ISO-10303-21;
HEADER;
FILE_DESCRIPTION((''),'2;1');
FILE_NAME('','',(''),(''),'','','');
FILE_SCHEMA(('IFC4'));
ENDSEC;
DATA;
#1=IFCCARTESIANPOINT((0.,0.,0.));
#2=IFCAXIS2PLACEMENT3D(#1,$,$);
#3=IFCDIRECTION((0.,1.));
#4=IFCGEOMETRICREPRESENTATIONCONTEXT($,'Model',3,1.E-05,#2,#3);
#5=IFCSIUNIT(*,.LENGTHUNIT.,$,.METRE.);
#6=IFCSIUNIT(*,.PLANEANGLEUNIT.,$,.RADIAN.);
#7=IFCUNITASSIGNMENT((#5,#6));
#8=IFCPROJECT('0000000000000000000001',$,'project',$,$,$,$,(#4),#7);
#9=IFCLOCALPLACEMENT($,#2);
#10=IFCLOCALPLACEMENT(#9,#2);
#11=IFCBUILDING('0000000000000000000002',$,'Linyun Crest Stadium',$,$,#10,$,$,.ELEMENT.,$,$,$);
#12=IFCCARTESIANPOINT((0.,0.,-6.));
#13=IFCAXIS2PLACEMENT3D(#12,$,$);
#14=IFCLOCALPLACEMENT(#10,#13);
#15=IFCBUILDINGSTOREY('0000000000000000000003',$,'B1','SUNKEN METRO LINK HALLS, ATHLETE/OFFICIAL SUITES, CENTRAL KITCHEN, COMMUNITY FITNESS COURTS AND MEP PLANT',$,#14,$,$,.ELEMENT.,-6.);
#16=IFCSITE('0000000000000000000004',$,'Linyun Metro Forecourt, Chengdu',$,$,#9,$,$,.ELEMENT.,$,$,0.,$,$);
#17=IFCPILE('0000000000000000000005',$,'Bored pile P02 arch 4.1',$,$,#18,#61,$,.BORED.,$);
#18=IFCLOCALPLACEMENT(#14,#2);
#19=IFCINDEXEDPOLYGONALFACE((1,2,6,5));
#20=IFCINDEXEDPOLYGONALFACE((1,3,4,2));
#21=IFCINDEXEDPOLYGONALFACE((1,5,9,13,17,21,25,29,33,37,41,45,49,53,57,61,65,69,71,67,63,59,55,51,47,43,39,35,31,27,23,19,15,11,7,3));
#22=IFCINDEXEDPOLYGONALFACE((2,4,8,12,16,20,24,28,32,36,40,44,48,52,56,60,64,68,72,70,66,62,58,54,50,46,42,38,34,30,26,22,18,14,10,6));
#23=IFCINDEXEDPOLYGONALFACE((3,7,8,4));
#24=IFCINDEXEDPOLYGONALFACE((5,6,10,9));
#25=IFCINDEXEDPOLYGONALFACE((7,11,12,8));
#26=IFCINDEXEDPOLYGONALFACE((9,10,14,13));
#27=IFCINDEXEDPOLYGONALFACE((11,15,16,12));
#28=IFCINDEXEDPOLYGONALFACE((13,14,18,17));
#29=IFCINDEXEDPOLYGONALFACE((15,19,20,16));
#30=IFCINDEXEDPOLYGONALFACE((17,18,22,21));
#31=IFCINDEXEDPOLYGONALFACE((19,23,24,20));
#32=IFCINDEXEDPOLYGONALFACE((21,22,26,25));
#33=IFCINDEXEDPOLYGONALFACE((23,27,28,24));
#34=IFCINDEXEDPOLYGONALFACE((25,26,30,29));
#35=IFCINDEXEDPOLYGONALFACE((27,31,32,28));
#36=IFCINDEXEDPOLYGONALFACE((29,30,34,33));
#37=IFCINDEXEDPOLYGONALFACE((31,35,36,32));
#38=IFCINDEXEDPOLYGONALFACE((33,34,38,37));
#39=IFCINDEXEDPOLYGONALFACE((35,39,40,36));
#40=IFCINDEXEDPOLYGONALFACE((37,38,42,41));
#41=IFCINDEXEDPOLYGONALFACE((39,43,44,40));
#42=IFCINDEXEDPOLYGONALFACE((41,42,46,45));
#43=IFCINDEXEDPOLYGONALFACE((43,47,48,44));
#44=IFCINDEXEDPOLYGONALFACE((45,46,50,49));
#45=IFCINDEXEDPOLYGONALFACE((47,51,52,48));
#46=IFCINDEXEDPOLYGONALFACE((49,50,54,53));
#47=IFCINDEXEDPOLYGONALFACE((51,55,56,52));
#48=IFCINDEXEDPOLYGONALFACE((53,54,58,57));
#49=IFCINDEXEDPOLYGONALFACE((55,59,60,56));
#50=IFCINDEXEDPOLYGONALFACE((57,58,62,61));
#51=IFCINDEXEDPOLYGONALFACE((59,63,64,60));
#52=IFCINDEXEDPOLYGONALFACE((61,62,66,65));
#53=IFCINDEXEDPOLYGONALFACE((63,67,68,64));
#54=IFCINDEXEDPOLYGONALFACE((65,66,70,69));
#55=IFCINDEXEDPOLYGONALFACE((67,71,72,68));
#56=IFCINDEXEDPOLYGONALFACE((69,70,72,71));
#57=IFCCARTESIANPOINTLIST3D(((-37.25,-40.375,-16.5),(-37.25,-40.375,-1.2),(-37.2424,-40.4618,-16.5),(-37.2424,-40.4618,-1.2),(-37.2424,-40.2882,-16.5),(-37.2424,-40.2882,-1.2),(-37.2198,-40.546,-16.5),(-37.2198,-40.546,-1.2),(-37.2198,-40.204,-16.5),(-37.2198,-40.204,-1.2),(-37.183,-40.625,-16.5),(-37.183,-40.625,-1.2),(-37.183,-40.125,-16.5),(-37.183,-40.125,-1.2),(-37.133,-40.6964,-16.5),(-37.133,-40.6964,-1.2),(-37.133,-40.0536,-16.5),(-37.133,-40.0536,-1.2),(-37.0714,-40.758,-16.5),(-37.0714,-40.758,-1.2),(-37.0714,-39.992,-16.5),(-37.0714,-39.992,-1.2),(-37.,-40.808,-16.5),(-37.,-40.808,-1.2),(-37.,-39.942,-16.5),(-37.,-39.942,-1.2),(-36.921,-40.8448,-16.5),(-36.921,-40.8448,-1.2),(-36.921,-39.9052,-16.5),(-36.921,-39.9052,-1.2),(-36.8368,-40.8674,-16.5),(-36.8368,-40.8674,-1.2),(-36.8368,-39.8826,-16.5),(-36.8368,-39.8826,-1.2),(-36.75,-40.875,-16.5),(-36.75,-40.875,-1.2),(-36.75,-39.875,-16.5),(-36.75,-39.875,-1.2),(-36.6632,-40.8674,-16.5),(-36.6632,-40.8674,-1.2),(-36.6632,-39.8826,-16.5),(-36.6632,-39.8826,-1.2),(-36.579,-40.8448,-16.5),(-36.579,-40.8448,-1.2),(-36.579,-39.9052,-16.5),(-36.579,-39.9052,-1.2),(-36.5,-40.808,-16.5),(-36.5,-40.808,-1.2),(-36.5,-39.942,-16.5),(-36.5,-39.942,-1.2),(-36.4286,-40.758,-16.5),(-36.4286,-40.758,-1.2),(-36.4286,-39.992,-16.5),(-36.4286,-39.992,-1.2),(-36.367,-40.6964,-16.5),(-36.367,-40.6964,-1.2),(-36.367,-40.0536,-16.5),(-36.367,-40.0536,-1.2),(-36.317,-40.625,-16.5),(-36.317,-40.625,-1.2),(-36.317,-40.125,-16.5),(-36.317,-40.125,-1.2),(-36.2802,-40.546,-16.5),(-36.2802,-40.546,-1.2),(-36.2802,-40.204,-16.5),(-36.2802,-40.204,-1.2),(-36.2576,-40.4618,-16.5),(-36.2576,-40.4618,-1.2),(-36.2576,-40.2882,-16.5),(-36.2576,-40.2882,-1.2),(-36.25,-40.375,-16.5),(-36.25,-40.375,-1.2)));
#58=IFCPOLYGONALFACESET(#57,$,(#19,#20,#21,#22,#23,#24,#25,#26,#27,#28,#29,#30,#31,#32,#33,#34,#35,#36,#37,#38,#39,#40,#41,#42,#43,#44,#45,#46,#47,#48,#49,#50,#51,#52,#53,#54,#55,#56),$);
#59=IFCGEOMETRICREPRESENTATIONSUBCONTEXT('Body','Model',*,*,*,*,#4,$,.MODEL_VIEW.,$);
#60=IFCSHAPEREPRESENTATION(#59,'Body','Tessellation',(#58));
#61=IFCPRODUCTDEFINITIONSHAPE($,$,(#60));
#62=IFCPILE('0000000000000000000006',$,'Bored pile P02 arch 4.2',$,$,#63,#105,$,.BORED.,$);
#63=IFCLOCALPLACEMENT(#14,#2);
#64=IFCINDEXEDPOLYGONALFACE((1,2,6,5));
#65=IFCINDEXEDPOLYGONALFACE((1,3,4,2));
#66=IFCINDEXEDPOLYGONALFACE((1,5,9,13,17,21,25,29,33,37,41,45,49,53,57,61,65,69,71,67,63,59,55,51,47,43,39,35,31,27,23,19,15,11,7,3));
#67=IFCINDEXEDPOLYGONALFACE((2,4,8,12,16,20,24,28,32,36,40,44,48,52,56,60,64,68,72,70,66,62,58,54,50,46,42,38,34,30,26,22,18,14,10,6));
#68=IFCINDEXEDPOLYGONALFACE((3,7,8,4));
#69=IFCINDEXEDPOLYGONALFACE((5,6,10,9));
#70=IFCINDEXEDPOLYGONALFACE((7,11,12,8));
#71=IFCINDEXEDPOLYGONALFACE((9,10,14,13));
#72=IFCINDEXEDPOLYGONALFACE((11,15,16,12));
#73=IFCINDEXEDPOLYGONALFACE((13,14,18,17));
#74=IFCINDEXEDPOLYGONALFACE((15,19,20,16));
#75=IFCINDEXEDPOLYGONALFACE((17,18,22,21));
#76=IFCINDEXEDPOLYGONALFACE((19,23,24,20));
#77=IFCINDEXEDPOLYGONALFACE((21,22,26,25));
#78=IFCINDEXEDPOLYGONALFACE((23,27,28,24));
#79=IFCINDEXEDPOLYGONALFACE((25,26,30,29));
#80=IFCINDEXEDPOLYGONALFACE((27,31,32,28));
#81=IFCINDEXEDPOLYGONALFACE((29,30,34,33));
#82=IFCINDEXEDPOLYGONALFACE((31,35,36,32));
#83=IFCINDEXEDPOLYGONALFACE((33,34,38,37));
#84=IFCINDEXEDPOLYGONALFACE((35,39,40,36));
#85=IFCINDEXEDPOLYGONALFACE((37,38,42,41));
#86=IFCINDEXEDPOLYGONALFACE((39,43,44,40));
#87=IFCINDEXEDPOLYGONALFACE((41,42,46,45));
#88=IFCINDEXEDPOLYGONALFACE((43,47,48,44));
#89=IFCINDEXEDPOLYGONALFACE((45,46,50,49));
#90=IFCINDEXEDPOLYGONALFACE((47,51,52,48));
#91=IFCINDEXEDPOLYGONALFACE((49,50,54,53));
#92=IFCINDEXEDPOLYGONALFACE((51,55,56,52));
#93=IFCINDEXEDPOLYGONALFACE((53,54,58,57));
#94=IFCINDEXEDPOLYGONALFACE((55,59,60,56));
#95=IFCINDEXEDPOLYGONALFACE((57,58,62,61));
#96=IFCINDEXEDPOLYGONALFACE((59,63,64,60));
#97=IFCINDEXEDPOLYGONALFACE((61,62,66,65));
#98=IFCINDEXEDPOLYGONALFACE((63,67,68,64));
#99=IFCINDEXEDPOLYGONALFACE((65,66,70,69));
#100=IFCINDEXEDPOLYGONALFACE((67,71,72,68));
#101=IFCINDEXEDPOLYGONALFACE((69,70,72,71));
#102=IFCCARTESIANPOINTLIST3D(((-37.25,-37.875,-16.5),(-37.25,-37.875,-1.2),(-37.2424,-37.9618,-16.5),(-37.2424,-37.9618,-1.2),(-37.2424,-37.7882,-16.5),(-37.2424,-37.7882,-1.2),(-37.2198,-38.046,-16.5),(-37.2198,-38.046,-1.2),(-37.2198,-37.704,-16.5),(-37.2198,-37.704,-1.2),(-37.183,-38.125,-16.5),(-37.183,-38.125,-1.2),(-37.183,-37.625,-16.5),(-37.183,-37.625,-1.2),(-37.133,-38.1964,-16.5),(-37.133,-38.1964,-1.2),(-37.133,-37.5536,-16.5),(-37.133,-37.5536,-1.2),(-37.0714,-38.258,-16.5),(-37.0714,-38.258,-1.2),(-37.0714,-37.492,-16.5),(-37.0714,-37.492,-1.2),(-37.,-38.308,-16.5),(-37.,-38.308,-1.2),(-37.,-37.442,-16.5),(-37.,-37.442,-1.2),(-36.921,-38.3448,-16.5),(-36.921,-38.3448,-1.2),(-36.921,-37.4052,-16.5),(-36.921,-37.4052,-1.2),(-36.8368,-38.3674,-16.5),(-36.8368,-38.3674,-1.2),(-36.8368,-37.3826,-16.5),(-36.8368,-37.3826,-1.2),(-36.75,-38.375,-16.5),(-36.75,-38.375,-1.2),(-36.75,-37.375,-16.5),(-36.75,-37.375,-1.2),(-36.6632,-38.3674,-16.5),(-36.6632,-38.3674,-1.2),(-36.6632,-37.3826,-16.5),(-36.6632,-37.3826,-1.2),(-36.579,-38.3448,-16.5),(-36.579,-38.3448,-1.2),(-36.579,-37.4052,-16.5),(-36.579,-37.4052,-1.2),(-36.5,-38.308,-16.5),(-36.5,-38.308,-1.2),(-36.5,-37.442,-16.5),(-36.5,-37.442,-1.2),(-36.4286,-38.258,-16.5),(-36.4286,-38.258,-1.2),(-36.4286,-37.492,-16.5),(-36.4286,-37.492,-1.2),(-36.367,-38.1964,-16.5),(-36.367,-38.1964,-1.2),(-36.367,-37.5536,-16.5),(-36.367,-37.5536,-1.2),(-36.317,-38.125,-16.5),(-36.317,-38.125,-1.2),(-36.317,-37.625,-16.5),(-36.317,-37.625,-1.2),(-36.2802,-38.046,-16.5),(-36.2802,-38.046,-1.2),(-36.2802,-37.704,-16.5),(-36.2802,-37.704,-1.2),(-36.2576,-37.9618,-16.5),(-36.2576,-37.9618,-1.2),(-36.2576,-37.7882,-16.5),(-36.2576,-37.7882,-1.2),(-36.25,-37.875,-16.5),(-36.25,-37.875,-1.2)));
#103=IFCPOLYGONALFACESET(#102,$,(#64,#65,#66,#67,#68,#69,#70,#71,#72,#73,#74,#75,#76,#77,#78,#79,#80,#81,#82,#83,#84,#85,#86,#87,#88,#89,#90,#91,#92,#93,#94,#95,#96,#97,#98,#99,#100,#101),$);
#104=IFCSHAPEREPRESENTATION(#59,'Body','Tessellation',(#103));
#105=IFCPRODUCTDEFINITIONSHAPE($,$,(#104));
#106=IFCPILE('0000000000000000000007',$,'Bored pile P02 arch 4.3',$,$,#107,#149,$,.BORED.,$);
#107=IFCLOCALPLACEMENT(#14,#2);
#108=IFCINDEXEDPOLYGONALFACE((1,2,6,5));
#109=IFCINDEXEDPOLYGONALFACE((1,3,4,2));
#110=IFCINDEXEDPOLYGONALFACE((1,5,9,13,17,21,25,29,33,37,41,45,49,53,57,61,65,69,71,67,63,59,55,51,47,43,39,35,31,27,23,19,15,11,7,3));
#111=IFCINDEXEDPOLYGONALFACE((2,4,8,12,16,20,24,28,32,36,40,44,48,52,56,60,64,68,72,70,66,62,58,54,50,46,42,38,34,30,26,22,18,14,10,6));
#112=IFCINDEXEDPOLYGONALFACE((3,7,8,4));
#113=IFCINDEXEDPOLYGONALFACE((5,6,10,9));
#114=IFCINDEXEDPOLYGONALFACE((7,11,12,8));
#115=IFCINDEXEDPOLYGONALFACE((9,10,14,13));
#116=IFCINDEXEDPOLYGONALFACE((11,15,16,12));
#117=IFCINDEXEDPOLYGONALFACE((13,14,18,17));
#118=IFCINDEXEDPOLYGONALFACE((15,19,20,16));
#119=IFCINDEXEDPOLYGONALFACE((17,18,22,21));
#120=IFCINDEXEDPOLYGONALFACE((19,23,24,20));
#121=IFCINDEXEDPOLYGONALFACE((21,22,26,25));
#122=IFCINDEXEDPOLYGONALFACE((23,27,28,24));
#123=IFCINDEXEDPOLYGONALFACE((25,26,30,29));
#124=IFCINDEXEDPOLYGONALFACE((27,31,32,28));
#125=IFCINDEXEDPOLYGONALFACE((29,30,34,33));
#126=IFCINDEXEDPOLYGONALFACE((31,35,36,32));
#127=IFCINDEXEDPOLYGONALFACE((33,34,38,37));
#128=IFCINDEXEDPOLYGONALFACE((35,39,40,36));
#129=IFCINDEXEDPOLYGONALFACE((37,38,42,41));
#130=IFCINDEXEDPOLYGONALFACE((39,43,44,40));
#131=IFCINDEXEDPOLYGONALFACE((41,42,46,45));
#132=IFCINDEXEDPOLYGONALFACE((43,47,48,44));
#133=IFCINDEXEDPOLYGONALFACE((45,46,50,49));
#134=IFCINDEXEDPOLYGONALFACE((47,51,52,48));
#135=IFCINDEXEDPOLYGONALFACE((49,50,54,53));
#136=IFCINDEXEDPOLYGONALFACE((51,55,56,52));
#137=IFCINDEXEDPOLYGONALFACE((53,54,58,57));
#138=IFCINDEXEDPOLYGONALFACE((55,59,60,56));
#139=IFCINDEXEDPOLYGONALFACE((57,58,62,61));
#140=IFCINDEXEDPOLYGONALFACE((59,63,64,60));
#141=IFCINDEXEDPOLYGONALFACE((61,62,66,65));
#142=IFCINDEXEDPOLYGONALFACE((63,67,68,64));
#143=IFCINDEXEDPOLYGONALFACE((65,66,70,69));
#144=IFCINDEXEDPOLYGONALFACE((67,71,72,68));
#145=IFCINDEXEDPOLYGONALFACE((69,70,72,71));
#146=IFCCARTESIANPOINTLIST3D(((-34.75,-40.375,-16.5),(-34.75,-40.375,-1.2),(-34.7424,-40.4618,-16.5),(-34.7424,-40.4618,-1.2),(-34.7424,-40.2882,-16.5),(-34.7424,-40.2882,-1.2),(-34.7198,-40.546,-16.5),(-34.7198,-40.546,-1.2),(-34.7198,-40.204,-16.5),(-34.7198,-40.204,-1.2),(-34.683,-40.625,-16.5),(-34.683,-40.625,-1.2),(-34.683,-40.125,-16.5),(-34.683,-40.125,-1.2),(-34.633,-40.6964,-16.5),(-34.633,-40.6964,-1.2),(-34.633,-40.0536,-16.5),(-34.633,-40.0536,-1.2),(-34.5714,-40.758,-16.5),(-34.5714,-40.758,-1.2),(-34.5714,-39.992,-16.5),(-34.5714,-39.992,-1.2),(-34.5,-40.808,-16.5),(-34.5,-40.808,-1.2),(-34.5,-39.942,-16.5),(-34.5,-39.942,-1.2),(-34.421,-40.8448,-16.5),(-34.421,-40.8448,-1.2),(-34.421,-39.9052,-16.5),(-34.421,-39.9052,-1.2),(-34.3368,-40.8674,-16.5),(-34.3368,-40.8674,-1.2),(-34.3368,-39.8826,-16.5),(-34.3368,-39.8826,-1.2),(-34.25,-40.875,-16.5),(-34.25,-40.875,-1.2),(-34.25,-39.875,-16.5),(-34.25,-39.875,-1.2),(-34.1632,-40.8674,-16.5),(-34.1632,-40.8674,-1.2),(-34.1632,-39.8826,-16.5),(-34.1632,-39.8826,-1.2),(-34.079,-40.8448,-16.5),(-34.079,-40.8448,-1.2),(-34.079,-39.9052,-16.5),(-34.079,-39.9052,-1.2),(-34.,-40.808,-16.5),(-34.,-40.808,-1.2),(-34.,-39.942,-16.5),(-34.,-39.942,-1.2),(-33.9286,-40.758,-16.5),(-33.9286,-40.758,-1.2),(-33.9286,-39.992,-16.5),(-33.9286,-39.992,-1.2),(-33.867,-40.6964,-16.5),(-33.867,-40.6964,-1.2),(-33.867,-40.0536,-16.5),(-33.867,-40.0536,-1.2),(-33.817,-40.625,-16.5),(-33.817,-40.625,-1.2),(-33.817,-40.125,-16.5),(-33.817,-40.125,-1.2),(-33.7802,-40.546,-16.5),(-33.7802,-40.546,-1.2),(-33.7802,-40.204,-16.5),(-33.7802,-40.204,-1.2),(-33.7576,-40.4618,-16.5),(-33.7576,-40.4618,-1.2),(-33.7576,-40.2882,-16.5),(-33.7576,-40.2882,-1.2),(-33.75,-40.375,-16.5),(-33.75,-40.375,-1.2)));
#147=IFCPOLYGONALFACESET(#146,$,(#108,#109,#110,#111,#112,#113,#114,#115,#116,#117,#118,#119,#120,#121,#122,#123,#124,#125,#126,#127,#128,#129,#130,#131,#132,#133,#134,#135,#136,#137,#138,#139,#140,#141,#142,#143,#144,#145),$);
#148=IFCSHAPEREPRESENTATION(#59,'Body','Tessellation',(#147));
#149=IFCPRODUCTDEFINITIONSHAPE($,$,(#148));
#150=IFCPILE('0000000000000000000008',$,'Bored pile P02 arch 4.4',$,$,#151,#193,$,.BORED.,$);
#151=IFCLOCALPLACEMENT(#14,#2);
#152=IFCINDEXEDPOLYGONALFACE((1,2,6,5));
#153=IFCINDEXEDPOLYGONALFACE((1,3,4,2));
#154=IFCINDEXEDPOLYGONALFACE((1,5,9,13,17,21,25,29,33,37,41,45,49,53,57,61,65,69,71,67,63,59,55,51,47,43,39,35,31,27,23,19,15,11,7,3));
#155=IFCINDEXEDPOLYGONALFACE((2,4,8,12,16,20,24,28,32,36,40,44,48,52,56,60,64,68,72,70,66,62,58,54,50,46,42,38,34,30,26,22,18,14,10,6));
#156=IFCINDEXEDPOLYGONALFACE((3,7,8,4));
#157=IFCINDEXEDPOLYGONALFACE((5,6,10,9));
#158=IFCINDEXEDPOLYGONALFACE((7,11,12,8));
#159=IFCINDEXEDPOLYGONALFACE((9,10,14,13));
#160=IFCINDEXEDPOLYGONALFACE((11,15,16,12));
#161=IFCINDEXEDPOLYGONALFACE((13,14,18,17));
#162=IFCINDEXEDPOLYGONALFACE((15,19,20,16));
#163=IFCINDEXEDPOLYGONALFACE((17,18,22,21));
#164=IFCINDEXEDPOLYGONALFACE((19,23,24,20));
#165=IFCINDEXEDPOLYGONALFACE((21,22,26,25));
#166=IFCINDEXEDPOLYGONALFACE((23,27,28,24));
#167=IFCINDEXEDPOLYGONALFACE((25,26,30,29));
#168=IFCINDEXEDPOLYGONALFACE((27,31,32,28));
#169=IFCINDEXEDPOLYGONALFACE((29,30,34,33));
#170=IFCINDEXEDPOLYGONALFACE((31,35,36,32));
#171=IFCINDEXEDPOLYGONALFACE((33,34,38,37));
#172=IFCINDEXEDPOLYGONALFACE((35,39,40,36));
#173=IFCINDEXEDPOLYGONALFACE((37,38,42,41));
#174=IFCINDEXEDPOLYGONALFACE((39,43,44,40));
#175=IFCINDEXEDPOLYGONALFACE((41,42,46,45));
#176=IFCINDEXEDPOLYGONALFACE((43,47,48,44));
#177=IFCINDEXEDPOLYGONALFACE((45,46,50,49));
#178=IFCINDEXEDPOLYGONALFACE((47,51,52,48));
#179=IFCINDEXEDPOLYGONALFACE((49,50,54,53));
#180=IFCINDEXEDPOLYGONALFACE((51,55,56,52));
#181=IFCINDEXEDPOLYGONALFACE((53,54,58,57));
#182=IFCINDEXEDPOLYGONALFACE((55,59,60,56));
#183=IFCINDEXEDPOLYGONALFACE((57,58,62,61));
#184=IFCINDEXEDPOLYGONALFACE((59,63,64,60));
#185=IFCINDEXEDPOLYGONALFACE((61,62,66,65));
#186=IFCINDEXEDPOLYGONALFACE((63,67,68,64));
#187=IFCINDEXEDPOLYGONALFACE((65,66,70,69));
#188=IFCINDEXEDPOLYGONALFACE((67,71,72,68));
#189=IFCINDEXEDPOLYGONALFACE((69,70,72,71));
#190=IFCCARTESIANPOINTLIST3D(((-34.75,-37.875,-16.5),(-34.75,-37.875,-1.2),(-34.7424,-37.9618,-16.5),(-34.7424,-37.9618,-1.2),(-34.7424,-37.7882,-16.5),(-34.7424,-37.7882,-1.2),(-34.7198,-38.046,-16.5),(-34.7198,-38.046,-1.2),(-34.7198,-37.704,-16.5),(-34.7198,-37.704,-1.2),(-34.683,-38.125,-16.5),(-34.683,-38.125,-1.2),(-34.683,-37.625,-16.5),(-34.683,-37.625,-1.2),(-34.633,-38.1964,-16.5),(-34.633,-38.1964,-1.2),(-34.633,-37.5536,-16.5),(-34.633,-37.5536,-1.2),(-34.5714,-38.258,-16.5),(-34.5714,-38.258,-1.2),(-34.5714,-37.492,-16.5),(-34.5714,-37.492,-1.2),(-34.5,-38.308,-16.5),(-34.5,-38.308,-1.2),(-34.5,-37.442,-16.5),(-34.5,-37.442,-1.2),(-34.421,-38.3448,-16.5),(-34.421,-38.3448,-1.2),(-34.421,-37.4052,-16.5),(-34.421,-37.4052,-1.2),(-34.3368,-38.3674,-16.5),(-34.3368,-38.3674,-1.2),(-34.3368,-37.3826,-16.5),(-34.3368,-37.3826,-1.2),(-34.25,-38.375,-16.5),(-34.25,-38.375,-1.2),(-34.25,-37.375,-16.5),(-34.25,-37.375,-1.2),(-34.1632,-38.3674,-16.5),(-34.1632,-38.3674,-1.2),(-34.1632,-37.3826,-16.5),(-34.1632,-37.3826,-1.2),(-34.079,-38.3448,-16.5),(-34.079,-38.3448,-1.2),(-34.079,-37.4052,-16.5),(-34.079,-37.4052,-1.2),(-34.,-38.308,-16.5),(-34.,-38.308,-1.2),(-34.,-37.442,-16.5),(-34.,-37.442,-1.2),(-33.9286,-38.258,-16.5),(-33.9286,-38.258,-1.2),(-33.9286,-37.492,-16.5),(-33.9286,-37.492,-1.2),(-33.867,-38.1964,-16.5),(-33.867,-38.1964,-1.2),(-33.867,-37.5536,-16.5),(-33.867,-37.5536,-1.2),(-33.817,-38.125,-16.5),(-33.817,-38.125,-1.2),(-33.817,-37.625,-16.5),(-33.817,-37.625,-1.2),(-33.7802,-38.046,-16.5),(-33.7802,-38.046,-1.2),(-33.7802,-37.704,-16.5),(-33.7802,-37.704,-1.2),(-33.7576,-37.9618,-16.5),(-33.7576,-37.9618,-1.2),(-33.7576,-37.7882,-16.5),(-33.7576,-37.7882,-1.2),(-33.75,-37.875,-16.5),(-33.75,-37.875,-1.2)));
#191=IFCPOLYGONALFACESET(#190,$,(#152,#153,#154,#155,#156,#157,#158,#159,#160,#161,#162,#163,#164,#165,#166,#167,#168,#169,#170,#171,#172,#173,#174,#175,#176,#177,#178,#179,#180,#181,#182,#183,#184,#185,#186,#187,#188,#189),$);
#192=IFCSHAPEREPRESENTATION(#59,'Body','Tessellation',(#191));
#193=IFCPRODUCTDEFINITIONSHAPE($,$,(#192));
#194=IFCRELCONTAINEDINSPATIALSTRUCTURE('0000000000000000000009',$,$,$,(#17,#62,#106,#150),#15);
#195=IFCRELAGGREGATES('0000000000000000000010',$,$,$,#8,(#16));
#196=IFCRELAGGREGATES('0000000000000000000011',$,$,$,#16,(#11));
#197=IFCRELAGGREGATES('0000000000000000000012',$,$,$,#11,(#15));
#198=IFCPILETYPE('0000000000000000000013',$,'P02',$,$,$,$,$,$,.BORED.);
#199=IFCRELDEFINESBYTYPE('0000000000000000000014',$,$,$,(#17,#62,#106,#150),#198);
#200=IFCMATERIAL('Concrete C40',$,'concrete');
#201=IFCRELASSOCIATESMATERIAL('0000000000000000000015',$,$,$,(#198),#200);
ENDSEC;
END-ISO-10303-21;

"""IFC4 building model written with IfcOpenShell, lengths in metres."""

from ifc_helpers import new_model, si_unit, direction, frame, origin, origin_2d, place, context, subcontext, project, spatial, circle, extrude, material, material_profile, profile_set, type_object, element, save


model = new_model("IFC4")

# Units and contexts
model_context = context("Model", 3, precision=1e-05, world=origin(), true_north=direction((0.0, 1.0)))
body_context = subcontext(model_context, "Body", "Model", "MODEL_VIEW")
ifc_project = project(units=[si_unit("LENGTHUNIT", "METRE"), si_unit("PLANEANGLEUNIT", "RADIAN")], contexts=[model_context])

# Site, building, storey
site_placement = place(None, origin())
site = spatial("IfcSite", under=ifc_project, at=site_placement, Name="Linyun Metro Forecourt, Chengdu", CompositionType="ELEMENT", RefElevation=0.0)
building_placement = place(site_placement, origin())
building = spatial("IfcBuilding", under=site, at=building_placement, Name="Linyun Crest Stadium", CompositionType="ELEMENT")
storey_placement = place(building_placement, frame((0.0, 0.0, -6.0)))
storey = spatial("IfcBuildingStorey", under=building, at=storey_placement, Name="B1", Description="SUNKEN METRO LINK HALLS, ATHLETE/OFFICIAL SUITES, CENTRAL KITCHEN, COMMUNITY FITNESS COURTS AND MEP PLANT", CompositionType="ELEMENT", Elevation=-6.0)

# Piles
ifc_material_1 = material(Name="Concrete C40", Category="concrete")
ifc_material_profile_1 = material_profile(ifc_material_1, circle(Radius=0.5, at=origin_2d()), Name="BORED PILE 1000")
ifc_profile_set_1 = profile_set([ifc_material_profile_1], Name="Concrete C40")
pile_type_1 = type_object("IfcPileType", Name="P02", PredefinedType="BORED", material=ifc_profile_set_1)
for number, where, z_axis, x_axis, name in (
    (1, (-36.75, -40.375, -1.2), (0.0, 0.0, -1.0), (1.0, 0.0, 0.0), "Bored pile P02 arch 4.1"),
    (2, (-36.75, -37.875, -1.2), (0.0, 0.0, -1.0), (1.0, 0.0, 0.0), "Bored pile P02 arch 4.2"),
    (3, (-34.25, -40.375, -1.2), (0.0, 0.0, -1.0), (1.0, 0.0, 0.0), "Bored pile P02 arch 4.3"),
    (4, (-34.25, -37.875, -1.2), (0.0, 0.0, -1.0), (1.0, 0.0, 0.0), "Bored pile P02 arch 4.4"),
):
    element("IfcPile", number, at=place(storey_placement, frame(where, z_axis=z_axis, x_axis=x_axis)), inside=storey, type_object=pile_type_1, Name=name, PredefinedType="BORED", context=body_context, shape_type="SweptSolid", body=[
        extrude(circle(Radius=0.5, at=origin_2d()), origin(), (0.0, 0.0, 1.0), 15.3),
    ])

save(model, "model.ifc")
